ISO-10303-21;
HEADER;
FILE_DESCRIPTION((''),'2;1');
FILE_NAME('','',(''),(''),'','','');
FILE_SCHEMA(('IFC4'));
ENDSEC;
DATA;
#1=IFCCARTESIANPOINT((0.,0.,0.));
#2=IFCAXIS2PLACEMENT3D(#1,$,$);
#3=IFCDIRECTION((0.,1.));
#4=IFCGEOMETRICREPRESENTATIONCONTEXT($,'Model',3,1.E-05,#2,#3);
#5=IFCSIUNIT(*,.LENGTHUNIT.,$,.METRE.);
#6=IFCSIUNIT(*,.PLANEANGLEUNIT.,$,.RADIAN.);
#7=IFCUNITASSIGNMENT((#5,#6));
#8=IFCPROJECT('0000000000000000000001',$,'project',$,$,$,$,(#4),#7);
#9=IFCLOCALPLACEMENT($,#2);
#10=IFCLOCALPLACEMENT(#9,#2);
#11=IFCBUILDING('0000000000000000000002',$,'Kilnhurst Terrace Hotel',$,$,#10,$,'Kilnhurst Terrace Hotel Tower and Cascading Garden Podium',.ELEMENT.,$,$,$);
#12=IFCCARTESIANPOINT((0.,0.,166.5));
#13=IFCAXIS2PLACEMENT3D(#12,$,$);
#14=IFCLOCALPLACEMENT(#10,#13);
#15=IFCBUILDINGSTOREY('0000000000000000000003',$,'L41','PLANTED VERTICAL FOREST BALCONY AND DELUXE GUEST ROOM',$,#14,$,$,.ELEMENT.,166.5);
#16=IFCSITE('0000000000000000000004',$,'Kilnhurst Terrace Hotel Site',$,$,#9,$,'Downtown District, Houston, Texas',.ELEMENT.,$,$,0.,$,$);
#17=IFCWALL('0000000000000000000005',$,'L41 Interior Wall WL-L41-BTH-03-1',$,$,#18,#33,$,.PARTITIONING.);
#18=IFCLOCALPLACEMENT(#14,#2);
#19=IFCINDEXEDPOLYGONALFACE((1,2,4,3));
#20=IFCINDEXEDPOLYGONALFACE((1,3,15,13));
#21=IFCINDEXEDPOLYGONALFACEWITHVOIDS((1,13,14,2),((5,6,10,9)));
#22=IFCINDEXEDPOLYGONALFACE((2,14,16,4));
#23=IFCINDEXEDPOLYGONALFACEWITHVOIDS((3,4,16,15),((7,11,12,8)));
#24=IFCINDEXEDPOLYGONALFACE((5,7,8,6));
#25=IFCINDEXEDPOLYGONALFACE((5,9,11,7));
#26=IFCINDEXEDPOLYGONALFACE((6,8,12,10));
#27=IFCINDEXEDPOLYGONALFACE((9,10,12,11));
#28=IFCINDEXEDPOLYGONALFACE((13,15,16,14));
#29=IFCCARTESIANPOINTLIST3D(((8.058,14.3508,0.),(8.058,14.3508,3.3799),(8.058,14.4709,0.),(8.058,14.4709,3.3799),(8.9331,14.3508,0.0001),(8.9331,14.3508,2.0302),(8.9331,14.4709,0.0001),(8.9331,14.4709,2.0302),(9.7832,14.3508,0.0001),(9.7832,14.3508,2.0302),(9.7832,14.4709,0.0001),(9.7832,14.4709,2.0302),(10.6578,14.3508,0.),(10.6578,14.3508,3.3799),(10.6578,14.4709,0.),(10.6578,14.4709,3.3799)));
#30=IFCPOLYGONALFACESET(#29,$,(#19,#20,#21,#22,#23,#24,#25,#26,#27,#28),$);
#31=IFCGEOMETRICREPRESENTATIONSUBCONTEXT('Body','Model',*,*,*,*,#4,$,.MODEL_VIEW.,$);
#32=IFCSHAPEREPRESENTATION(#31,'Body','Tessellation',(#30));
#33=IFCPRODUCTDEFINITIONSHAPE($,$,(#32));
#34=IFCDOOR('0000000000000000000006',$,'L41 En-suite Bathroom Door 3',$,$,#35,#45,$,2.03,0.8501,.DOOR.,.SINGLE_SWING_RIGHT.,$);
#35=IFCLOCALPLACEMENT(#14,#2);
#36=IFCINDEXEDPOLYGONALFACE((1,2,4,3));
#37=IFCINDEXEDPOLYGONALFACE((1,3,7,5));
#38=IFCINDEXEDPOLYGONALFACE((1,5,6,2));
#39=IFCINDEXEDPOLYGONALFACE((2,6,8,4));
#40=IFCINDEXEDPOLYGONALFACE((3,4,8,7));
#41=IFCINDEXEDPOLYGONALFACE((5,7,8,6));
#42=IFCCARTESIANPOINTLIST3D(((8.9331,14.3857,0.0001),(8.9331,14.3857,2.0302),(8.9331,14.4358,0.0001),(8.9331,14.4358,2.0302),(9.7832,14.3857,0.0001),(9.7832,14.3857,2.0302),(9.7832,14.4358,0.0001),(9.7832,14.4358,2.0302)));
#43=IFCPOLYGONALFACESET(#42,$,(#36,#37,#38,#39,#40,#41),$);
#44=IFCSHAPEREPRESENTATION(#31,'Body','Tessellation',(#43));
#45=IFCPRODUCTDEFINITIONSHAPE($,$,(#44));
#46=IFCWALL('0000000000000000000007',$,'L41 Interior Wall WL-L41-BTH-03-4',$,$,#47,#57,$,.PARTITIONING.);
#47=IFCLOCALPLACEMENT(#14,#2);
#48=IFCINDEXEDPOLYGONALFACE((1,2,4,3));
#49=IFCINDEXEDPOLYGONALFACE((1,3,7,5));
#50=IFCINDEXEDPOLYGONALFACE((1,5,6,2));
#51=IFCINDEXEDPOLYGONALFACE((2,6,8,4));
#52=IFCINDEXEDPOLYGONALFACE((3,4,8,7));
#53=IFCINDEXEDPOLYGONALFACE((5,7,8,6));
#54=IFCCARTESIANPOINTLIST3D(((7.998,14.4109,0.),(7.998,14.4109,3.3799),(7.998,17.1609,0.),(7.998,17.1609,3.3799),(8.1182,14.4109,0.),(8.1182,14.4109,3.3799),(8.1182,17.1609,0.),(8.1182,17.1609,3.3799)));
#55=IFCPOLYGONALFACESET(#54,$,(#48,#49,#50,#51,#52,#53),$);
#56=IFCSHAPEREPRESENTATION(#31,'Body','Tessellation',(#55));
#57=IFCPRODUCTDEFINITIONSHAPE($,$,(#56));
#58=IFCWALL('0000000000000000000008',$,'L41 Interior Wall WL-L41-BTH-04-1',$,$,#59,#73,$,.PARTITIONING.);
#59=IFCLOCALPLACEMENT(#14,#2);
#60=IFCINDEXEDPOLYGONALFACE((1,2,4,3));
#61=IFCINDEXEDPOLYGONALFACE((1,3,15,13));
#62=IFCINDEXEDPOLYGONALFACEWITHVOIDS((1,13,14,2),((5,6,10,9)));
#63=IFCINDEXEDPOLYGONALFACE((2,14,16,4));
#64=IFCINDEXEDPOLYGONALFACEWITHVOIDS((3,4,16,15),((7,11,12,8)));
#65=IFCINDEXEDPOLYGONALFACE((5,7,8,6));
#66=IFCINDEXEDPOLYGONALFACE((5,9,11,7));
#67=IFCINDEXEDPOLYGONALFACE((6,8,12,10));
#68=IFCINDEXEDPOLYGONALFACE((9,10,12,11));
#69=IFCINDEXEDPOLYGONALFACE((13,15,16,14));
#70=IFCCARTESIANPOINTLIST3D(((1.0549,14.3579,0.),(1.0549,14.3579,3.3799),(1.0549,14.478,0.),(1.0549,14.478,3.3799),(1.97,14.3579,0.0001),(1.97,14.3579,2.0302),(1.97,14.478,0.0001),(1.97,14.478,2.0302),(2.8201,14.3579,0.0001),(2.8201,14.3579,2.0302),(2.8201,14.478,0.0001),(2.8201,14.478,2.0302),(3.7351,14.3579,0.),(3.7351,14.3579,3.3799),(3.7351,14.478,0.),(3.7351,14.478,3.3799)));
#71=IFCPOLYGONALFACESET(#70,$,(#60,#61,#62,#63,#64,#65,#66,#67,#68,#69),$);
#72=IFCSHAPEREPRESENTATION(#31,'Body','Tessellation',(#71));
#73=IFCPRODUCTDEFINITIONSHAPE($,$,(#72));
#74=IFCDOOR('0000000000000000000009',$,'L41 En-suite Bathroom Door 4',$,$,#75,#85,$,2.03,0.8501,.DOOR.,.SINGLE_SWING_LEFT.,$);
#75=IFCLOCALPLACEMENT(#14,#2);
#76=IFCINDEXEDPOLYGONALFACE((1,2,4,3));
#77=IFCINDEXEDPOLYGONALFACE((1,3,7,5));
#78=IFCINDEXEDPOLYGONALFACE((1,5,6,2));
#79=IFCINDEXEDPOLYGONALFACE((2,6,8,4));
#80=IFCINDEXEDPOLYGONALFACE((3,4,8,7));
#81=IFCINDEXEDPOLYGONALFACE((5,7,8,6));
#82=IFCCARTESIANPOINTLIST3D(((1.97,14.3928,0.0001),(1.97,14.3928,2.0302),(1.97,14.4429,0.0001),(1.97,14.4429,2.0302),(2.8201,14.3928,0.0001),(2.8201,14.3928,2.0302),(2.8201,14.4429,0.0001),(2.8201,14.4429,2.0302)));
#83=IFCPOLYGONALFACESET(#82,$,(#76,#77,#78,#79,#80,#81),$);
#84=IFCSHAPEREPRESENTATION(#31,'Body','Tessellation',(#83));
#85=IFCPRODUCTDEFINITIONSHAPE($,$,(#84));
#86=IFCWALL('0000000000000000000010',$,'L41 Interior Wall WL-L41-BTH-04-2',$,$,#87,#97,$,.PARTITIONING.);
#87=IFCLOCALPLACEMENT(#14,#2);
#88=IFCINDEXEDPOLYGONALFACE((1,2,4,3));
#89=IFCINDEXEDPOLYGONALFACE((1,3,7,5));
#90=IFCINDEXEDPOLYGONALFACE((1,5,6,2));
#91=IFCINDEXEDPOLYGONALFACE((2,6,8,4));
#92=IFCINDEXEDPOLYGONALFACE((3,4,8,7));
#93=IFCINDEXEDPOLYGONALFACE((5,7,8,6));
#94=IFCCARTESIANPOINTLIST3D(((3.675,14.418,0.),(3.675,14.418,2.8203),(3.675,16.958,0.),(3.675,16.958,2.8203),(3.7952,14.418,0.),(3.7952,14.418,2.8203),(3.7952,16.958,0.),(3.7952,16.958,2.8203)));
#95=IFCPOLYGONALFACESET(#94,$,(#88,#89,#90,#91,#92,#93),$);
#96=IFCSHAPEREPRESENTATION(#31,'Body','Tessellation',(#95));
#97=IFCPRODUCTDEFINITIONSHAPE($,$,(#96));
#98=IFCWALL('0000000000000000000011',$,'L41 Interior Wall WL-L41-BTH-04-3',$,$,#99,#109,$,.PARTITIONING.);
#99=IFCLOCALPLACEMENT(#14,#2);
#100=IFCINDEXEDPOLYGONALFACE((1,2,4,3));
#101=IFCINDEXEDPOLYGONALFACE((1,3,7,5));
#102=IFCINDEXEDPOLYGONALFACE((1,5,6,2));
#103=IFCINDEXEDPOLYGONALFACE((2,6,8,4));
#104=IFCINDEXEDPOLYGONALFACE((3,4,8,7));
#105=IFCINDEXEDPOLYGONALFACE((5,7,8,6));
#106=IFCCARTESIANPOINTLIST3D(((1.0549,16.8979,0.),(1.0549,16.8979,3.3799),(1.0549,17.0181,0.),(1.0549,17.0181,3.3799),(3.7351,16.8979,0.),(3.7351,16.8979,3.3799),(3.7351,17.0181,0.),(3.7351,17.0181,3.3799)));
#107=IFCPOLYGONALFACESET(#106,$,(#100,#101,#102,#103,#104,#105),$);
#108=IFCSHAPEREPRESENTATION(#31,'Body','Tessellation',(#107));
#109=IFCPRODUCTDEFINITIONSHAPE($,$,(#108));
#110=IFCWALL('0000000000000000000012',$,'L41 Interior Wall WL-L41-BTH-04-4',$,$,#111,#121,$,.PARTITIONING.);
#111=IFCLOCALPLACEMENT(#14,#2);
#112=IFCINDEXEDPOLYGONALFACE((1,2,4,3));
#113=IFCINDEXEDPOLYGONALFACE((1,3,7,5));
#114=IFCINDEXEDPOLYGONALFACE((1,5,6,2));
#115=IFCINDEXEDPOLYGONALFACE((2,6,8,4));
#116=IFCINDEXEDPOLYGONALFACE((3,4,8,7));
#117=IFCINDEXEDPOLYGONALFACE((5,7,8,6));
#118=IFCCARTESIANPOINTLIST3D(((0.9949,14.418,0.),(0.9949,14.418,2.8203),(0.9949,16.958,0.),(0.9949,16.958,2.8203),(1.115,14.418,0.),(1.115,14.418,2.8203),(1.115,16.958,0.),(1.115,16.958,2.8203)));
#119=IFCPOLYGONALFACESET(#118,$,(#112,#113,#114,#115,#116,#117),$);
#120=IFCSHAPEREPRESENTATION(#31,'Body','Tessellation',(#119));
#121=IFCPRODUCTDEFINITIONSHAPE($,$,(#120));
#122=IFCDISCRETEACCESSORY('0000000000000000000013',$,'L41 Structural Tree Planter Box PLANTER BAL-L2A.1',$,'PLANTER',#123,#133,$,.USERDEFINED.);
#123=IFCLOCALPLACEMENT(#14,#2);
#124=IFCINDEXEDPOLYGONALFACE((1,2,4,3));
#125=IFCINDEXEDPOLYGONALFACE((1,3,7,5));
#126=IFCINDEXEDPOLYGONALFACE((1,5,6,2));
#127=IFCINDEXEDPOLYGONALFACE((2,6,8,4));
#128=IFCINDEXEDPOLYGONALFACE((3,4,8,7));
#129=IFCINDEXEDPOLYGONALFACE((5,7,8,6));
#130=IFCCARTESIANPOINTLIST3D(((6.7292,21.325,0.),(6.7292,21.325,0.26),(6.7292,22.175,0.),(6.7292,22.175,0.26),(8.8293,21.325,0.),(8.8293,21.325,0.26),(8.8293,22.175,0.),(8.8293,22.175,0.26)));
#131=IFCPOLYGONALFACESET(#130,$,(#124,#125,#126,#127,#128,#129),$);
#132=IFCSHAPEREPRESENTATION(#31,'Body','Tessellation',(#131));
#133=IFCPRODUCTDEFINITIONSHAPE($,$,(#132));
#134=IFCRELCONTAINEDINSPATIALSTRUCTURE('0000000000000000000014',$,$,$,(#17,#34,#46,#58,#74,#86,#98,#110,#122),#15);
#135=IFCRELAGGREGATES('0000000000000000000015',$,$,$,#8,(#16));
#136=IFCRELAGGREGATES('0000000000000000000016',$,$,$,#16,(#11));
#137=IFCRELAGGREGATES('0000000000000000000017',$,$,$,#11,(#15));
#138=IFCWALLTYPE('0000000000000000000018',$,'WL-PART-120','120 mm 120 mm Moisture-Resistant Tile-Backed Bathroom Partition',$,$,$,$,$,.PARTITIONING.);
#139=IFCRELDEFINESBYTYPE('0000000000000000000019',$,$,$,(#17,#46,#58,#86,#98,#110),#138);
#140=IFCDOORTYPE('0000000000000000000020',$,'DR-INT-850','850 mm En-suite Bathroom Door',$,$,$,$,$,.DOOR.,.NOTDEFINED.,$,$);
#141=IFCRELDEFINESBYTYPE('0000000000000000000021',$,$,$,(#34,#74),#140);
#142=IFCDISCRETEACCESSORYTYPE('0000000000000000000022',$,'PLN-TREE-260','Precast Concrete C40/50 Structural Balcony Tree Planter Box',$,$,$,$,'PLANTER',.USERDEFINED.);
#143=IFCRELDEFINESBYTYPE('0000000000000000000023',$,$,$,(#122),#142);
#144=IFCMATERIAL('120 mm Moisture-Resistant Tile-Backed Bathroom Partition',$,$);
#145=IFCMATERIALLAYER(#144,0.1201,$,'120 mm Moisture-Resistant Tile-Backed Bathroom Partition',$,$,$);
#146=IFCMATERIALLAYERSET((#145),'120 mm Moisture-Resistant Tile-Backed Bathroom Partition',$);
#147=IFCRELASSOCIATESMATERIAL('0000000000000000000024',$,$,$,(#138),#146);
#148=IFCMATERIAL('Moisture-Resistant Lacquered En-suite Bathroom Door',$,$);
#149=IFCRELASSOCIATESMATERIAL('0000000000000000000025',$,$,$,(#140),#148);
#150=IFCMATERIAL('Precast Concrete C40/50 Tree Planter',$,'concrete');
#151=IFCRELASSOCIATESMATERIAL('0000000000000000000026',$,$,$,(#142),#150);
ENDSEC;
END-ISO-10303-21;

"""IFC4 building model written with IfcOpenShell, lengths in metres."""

from ifc_helpers import new_model, si_unit, direction, frame, frame_2d, origin, origin_2d, place, context, subcontext, project, spatial, rectangle, extrude, material, layer, layer_set, type_object, element, fill, save


model = new_model("IFC4")

# Units and contexts
model_context = context("Model", 3, precision=1e-05, world=origin(), true_north=direction((0.0, 1.0)))
body_context = subcontext(model_context, "Body", "Model", "MODEL_VIEW")
ifc_project = project(units=[si_unit("LENGTHUNIT", "METRE"), si_unit("PLANEANGLEUNIT", "RADIAN")], contexts=[model_context])

# Site, building, storey
site_placement = place(None, origin())
site = spatial("IfcSite", under=ifc_project, at=site_placement, Name="Kilnhurst Terrace Hotel Site", LongName="Downtown District, Houston, Texas", CompositionType="ELEMENT", RefElevation=0.0)
building_placement = place(site_placement, origin())
building = spatial("IfcBuilding", under=site, at=building_placement, Name="Kilnhurst Terrace Hotel", LongName="Kilnhurst Terrace Hotel Tower and Cascading Garden Podium", CompositionType="ELEMENT")
storey_placement = place(building_placement, frame((0.0, 0.0, 166.5)))
storey = spatial("IfcBuildingStorey", under=building, at=storey_placement, Name="L41", Description="PLANTED VERTICAL FOREST BALCONY AND DELUXE GUEST ROOM", CompositionType="ELEMENT", Elevation=166.5)

# Wall, opening, door
ifc_material_1 = material(Name="120 mm Moisture-Resistant Tile-Backed Bathroom Partition")
ifc_layer_1 = layer(ifc_material_1, 0.1201, Name="120 mm Moisture-Resistant Tile-Backed Bathroom Partition")
ifc_layer_set_1 = layer_set([ifc_layer_1], Name="120 mm Moisture-Resistant Tile-Backed Bathroom Partition")
wall_type_1 = type_object("IfcWallType", Name="WL-PART-120", Description="120 mm 120 mm Moisture-Resistant Tile-Backed Bathroom Partition", PredefinedType="PARTITIONING", material=ifc_layer_set_1)
wall_1_placement = place(storey_placement, frame((8.0581, 14.4109, 0.0), z_axis=(0.0, 0.0, 1.0), x_axis=(1.0, 0.0, 0.0)))
wall_1 = element("IfcWall", 1, at=wall_1_placement, inside=storey, type_object=wall_type_1, Name="L41 Interior Wall WL-L41-BTH-03-1", PredefinedType="PARTITIONING", context=body_context, shape_type="SweptSolid", body=[
    extrude(rectangle(XDim=2.5999, YDim=0.1201, at=frame_2d((1.2998, 0.0))), origin(), (0.0, 0.0, 1.0), 3.3799),
])
opening_1_placement = place(wall_1_placement, frame((0.875, 0.0, 0.0)))
opening_1 = element("IfcOpeningElement", 2, at=opening_1_placement, cuts=wall_1, PredefinedType="OPENING", context=body_context, shape_type="SweptSolid", body=[
    extrude(rectangle(XDim=0.8501, YDim=2.03, at=frame_2d((0.425, 1.0151))), frame((0.0, 0.0701, 0.0), z_axis=(0.0, -1.0, 0.0), x_axis=(1.0, 0.0, 0.0)), (0.0, 0.0, 1.0), 0.1401),
])
ifc_material_2 = material(Name="Moisture-Resistant Lacquered En-suite Bathroom Door")
door_type_1 = type_object("IfcDoorType", Name="DR-INT-850", Description="850 mm En-suite Bathroom Door", OperationType="NOTDEFINED", PredefinedType="DOOR", material=ifc_material_2)
door_1_placement = place(opening_1_placement, origin())
door_1 = element("IfcDoor", 3, at=door_1_placement, inside=storey, type_object=door_type_1, Name="L41 En-suite Bathroom Door 3", OperationType="SINGLE_SWING_RIGHT", OverallHeight=2.03, OverallWidth=0.8501, PredefinedType="DOOR", context=body_context, shape_type="SweptSolid", body=[
    extrude(rectangle(XDim=0.8501, YDim=2.03, at=frame_2d((0.425, 1.0151))), frame((0.0, 0.0249, 0.0), z_axis=(0.0, -1.0, 0.0), x_axis=(1.0, 0.0, 0.0)), (0.0, 0.0, 1.0), 0.05),
])
fill(opening_1, door_1)

# Wall
wall_2_placement = place(storey_placement, frame((8.0581, 17.1609, 0.0), z_axis=(0.0, 0.0, 1.0), x_axis=(0.0, -1.0, 0.0)))
element("IfcWall", 4, at=wall_2_placement, inside=storey, type_object=wall_type_1, Name="L41 Interior Wall WL-L41-BTH-03-4", PredefinedType="PARTITIONING", context=body_context, shape_type="SweptSolid", body=[
    extrude(rectangle(XDim=2.75, YDim=0.1201, at=frame_2d((1.375, 0.0))), origin(), (0.0, 0.0, 1.0), 3.3799),
])

# Wall, opening, door
wall_3_placement = place(storey_placement, frame((1.0549, 14.418, 0.0), z_axis=(0.0, 0.0, 1.0), x_axis=(1.0, 0.0, 0.0)))
wall_3 = element("IfcWall", 5, at=wall_3_placement, inside=storey, type_object=wall_type_1, Name="L41 Interior Wall WL-L41-BTH-04-1", PredefinedType="PARTITIONING", context=body_context, shape_type="SweptSolid", body=[
    extrude(rectangle(XDim=2.6802, YDim=0.1201, at=frame_2d((1.3401, 0.0))), origin(), (0.0, 0.0, 1.0), 3.3799),
])
opening_2_placement = place(wall_3_placement, frame((0.915, 0.0, 0.0)))
opening_2 = element("IfcOpeningElement", 6, at=opening_2_placement, cuts=wall_3, PredefinedType="OPENING", context=body_context, shape_type="SweptSolid", body=[
    extrude(rectangle(XDim=0.8501, YDim=2.03, at=frame_2d((0.425, 1.0151))), frame((0.0, 0.0701, 0.0), z_axis=(0.0, -1.0, 0.0), x_axis=(1.0, 0.0, 0.0)), (0.0, 0.0, 1.0), 0.1401),
])
door_2_placement = place(opening_2_placement, origin())
door_2 = element("IfcDoor", 7, at=door_2_placement, inside=storey, type_object=door_type_1, Name="L41 En-suite Bathroom Door 4", OperationType="SINGLE_SWING_LEFT", OverallHeight=2.03, OverallWidth=0.8501, PredefinedType="DOOR", context=body_context, shape_type="SweptSolid", body=[
    extrude(rectangle(XDim=0.8501, YDim=2.03, at=frame_2d((0.425, 1.0151))), frame((0.0, 0.0249, 0.0), z_axis=(0.0, -1.0, 0.0), x_axis=(1.0, 0.0, 0.0)), (0.0, 0.0, 1.0), 0.05),
])
fill(opening_2, door_2)

# Walls
wall_4_placement = place(storey_placement, frame((3.7351, 14.418, 0.0), z_axis=(0.0, 0.0, 1.0), x_axis=(0.0, 1.0, 0.0)))
element("IfcWall", 8, at=wall_4_placement, inside=storey, type_object=wall_type_1, Name="L41 Interior Wall WL-L41-BTH-04-2", PredefinedType="PARTITIONING", context=body_context, shape_type="SweptSolid", body=[
    extrude(rectangle(XDim=2.54, YDim=0.1201, at=frame_2d((1.27, 0.0))), origin(), (0.0, 0.0, 1.0), 2.8203),
])
wall_5_placement = place(storey_placement, frame((3.7351, 16.958, 0.0), z_axis=(0.0, 0.0, 1.0), x_axis=(-1.0, 0.0, 0.0)))
element("IfcWall", 9, at=wall_5_placement, inside=storey, type_object=wall_type_1, Name="L41 Interior Wall WL-L41-BTH-04-3", PredefinedType="PARTITIONING", context=body_context, shape_type="SweptSolid", body=[
    extrude(rectangle(XDim=2.6802, YDim=0.1201, at=frame_2d((1.3401, 0.0))), origin(), (0.0, 0.0, 1.0), 3.3799),
])
wall_6_placement = place(storey_placement, frame((1.0549, 16.958, 0.0), z_axis=(0.0, 0.0, 1.0), x_axis=(0.0, -1.0, 0.0)))
element("IfcWall", 10, at=wall_6_placement, inside=storey, type_object=wall_type_1, Name="L41 Interior Wall WL-L41-BTH-04-4", PredefinedType="PARTITIONING", context=body_context, shape_type="SweptSolid", body=[
    extrude(rectangle(XDim=2.54, YDim=0.1201, at=frame_2d((1.27, 0.0))), origin(), (0.0, 0.0, 1.0), 2.8203),
])

# Discrete accessory
ifc_material_3 = material(Name="Precast Concrete C40/50 Tree Planter", Category="concrete")
discrete_accessory_type = type_object("IfcDiscreteAccessoryType", Name="PLN-TREE-260", Description="Precast Concrete C40/50 Structural Balcony Tree Planter Box", ElementType="PLANTER", PredefinedType="USERDEFINED", material=ifc_material_3)
discrete_accessory_placement = place(storey_placement, frame((7.7793, 21.75, 0.0), z_axis=(0.0, 0.0, 1.0), x_axis=(-1.0, 0.0, 0.0)))
element("IfcDiscreteAccessory", 11, at=discrete_accessory_placement, inside=storey, type_object=discrete_accessory_type, Name="L41 Structural Tree Planter Box PLANTER BAL-L2A.1", ObjectType="PLANTER", PredefinedType="USERDEFINED", context=body_context, shape_type="SweptSolid", body=[
    extrude(rectangle(XDim=2.1001, YDim=0.8501, at=origin_2d()), origin(), (0.0, 0.0, 1.0), 0.26),
])

save(model, "model.ifc")
